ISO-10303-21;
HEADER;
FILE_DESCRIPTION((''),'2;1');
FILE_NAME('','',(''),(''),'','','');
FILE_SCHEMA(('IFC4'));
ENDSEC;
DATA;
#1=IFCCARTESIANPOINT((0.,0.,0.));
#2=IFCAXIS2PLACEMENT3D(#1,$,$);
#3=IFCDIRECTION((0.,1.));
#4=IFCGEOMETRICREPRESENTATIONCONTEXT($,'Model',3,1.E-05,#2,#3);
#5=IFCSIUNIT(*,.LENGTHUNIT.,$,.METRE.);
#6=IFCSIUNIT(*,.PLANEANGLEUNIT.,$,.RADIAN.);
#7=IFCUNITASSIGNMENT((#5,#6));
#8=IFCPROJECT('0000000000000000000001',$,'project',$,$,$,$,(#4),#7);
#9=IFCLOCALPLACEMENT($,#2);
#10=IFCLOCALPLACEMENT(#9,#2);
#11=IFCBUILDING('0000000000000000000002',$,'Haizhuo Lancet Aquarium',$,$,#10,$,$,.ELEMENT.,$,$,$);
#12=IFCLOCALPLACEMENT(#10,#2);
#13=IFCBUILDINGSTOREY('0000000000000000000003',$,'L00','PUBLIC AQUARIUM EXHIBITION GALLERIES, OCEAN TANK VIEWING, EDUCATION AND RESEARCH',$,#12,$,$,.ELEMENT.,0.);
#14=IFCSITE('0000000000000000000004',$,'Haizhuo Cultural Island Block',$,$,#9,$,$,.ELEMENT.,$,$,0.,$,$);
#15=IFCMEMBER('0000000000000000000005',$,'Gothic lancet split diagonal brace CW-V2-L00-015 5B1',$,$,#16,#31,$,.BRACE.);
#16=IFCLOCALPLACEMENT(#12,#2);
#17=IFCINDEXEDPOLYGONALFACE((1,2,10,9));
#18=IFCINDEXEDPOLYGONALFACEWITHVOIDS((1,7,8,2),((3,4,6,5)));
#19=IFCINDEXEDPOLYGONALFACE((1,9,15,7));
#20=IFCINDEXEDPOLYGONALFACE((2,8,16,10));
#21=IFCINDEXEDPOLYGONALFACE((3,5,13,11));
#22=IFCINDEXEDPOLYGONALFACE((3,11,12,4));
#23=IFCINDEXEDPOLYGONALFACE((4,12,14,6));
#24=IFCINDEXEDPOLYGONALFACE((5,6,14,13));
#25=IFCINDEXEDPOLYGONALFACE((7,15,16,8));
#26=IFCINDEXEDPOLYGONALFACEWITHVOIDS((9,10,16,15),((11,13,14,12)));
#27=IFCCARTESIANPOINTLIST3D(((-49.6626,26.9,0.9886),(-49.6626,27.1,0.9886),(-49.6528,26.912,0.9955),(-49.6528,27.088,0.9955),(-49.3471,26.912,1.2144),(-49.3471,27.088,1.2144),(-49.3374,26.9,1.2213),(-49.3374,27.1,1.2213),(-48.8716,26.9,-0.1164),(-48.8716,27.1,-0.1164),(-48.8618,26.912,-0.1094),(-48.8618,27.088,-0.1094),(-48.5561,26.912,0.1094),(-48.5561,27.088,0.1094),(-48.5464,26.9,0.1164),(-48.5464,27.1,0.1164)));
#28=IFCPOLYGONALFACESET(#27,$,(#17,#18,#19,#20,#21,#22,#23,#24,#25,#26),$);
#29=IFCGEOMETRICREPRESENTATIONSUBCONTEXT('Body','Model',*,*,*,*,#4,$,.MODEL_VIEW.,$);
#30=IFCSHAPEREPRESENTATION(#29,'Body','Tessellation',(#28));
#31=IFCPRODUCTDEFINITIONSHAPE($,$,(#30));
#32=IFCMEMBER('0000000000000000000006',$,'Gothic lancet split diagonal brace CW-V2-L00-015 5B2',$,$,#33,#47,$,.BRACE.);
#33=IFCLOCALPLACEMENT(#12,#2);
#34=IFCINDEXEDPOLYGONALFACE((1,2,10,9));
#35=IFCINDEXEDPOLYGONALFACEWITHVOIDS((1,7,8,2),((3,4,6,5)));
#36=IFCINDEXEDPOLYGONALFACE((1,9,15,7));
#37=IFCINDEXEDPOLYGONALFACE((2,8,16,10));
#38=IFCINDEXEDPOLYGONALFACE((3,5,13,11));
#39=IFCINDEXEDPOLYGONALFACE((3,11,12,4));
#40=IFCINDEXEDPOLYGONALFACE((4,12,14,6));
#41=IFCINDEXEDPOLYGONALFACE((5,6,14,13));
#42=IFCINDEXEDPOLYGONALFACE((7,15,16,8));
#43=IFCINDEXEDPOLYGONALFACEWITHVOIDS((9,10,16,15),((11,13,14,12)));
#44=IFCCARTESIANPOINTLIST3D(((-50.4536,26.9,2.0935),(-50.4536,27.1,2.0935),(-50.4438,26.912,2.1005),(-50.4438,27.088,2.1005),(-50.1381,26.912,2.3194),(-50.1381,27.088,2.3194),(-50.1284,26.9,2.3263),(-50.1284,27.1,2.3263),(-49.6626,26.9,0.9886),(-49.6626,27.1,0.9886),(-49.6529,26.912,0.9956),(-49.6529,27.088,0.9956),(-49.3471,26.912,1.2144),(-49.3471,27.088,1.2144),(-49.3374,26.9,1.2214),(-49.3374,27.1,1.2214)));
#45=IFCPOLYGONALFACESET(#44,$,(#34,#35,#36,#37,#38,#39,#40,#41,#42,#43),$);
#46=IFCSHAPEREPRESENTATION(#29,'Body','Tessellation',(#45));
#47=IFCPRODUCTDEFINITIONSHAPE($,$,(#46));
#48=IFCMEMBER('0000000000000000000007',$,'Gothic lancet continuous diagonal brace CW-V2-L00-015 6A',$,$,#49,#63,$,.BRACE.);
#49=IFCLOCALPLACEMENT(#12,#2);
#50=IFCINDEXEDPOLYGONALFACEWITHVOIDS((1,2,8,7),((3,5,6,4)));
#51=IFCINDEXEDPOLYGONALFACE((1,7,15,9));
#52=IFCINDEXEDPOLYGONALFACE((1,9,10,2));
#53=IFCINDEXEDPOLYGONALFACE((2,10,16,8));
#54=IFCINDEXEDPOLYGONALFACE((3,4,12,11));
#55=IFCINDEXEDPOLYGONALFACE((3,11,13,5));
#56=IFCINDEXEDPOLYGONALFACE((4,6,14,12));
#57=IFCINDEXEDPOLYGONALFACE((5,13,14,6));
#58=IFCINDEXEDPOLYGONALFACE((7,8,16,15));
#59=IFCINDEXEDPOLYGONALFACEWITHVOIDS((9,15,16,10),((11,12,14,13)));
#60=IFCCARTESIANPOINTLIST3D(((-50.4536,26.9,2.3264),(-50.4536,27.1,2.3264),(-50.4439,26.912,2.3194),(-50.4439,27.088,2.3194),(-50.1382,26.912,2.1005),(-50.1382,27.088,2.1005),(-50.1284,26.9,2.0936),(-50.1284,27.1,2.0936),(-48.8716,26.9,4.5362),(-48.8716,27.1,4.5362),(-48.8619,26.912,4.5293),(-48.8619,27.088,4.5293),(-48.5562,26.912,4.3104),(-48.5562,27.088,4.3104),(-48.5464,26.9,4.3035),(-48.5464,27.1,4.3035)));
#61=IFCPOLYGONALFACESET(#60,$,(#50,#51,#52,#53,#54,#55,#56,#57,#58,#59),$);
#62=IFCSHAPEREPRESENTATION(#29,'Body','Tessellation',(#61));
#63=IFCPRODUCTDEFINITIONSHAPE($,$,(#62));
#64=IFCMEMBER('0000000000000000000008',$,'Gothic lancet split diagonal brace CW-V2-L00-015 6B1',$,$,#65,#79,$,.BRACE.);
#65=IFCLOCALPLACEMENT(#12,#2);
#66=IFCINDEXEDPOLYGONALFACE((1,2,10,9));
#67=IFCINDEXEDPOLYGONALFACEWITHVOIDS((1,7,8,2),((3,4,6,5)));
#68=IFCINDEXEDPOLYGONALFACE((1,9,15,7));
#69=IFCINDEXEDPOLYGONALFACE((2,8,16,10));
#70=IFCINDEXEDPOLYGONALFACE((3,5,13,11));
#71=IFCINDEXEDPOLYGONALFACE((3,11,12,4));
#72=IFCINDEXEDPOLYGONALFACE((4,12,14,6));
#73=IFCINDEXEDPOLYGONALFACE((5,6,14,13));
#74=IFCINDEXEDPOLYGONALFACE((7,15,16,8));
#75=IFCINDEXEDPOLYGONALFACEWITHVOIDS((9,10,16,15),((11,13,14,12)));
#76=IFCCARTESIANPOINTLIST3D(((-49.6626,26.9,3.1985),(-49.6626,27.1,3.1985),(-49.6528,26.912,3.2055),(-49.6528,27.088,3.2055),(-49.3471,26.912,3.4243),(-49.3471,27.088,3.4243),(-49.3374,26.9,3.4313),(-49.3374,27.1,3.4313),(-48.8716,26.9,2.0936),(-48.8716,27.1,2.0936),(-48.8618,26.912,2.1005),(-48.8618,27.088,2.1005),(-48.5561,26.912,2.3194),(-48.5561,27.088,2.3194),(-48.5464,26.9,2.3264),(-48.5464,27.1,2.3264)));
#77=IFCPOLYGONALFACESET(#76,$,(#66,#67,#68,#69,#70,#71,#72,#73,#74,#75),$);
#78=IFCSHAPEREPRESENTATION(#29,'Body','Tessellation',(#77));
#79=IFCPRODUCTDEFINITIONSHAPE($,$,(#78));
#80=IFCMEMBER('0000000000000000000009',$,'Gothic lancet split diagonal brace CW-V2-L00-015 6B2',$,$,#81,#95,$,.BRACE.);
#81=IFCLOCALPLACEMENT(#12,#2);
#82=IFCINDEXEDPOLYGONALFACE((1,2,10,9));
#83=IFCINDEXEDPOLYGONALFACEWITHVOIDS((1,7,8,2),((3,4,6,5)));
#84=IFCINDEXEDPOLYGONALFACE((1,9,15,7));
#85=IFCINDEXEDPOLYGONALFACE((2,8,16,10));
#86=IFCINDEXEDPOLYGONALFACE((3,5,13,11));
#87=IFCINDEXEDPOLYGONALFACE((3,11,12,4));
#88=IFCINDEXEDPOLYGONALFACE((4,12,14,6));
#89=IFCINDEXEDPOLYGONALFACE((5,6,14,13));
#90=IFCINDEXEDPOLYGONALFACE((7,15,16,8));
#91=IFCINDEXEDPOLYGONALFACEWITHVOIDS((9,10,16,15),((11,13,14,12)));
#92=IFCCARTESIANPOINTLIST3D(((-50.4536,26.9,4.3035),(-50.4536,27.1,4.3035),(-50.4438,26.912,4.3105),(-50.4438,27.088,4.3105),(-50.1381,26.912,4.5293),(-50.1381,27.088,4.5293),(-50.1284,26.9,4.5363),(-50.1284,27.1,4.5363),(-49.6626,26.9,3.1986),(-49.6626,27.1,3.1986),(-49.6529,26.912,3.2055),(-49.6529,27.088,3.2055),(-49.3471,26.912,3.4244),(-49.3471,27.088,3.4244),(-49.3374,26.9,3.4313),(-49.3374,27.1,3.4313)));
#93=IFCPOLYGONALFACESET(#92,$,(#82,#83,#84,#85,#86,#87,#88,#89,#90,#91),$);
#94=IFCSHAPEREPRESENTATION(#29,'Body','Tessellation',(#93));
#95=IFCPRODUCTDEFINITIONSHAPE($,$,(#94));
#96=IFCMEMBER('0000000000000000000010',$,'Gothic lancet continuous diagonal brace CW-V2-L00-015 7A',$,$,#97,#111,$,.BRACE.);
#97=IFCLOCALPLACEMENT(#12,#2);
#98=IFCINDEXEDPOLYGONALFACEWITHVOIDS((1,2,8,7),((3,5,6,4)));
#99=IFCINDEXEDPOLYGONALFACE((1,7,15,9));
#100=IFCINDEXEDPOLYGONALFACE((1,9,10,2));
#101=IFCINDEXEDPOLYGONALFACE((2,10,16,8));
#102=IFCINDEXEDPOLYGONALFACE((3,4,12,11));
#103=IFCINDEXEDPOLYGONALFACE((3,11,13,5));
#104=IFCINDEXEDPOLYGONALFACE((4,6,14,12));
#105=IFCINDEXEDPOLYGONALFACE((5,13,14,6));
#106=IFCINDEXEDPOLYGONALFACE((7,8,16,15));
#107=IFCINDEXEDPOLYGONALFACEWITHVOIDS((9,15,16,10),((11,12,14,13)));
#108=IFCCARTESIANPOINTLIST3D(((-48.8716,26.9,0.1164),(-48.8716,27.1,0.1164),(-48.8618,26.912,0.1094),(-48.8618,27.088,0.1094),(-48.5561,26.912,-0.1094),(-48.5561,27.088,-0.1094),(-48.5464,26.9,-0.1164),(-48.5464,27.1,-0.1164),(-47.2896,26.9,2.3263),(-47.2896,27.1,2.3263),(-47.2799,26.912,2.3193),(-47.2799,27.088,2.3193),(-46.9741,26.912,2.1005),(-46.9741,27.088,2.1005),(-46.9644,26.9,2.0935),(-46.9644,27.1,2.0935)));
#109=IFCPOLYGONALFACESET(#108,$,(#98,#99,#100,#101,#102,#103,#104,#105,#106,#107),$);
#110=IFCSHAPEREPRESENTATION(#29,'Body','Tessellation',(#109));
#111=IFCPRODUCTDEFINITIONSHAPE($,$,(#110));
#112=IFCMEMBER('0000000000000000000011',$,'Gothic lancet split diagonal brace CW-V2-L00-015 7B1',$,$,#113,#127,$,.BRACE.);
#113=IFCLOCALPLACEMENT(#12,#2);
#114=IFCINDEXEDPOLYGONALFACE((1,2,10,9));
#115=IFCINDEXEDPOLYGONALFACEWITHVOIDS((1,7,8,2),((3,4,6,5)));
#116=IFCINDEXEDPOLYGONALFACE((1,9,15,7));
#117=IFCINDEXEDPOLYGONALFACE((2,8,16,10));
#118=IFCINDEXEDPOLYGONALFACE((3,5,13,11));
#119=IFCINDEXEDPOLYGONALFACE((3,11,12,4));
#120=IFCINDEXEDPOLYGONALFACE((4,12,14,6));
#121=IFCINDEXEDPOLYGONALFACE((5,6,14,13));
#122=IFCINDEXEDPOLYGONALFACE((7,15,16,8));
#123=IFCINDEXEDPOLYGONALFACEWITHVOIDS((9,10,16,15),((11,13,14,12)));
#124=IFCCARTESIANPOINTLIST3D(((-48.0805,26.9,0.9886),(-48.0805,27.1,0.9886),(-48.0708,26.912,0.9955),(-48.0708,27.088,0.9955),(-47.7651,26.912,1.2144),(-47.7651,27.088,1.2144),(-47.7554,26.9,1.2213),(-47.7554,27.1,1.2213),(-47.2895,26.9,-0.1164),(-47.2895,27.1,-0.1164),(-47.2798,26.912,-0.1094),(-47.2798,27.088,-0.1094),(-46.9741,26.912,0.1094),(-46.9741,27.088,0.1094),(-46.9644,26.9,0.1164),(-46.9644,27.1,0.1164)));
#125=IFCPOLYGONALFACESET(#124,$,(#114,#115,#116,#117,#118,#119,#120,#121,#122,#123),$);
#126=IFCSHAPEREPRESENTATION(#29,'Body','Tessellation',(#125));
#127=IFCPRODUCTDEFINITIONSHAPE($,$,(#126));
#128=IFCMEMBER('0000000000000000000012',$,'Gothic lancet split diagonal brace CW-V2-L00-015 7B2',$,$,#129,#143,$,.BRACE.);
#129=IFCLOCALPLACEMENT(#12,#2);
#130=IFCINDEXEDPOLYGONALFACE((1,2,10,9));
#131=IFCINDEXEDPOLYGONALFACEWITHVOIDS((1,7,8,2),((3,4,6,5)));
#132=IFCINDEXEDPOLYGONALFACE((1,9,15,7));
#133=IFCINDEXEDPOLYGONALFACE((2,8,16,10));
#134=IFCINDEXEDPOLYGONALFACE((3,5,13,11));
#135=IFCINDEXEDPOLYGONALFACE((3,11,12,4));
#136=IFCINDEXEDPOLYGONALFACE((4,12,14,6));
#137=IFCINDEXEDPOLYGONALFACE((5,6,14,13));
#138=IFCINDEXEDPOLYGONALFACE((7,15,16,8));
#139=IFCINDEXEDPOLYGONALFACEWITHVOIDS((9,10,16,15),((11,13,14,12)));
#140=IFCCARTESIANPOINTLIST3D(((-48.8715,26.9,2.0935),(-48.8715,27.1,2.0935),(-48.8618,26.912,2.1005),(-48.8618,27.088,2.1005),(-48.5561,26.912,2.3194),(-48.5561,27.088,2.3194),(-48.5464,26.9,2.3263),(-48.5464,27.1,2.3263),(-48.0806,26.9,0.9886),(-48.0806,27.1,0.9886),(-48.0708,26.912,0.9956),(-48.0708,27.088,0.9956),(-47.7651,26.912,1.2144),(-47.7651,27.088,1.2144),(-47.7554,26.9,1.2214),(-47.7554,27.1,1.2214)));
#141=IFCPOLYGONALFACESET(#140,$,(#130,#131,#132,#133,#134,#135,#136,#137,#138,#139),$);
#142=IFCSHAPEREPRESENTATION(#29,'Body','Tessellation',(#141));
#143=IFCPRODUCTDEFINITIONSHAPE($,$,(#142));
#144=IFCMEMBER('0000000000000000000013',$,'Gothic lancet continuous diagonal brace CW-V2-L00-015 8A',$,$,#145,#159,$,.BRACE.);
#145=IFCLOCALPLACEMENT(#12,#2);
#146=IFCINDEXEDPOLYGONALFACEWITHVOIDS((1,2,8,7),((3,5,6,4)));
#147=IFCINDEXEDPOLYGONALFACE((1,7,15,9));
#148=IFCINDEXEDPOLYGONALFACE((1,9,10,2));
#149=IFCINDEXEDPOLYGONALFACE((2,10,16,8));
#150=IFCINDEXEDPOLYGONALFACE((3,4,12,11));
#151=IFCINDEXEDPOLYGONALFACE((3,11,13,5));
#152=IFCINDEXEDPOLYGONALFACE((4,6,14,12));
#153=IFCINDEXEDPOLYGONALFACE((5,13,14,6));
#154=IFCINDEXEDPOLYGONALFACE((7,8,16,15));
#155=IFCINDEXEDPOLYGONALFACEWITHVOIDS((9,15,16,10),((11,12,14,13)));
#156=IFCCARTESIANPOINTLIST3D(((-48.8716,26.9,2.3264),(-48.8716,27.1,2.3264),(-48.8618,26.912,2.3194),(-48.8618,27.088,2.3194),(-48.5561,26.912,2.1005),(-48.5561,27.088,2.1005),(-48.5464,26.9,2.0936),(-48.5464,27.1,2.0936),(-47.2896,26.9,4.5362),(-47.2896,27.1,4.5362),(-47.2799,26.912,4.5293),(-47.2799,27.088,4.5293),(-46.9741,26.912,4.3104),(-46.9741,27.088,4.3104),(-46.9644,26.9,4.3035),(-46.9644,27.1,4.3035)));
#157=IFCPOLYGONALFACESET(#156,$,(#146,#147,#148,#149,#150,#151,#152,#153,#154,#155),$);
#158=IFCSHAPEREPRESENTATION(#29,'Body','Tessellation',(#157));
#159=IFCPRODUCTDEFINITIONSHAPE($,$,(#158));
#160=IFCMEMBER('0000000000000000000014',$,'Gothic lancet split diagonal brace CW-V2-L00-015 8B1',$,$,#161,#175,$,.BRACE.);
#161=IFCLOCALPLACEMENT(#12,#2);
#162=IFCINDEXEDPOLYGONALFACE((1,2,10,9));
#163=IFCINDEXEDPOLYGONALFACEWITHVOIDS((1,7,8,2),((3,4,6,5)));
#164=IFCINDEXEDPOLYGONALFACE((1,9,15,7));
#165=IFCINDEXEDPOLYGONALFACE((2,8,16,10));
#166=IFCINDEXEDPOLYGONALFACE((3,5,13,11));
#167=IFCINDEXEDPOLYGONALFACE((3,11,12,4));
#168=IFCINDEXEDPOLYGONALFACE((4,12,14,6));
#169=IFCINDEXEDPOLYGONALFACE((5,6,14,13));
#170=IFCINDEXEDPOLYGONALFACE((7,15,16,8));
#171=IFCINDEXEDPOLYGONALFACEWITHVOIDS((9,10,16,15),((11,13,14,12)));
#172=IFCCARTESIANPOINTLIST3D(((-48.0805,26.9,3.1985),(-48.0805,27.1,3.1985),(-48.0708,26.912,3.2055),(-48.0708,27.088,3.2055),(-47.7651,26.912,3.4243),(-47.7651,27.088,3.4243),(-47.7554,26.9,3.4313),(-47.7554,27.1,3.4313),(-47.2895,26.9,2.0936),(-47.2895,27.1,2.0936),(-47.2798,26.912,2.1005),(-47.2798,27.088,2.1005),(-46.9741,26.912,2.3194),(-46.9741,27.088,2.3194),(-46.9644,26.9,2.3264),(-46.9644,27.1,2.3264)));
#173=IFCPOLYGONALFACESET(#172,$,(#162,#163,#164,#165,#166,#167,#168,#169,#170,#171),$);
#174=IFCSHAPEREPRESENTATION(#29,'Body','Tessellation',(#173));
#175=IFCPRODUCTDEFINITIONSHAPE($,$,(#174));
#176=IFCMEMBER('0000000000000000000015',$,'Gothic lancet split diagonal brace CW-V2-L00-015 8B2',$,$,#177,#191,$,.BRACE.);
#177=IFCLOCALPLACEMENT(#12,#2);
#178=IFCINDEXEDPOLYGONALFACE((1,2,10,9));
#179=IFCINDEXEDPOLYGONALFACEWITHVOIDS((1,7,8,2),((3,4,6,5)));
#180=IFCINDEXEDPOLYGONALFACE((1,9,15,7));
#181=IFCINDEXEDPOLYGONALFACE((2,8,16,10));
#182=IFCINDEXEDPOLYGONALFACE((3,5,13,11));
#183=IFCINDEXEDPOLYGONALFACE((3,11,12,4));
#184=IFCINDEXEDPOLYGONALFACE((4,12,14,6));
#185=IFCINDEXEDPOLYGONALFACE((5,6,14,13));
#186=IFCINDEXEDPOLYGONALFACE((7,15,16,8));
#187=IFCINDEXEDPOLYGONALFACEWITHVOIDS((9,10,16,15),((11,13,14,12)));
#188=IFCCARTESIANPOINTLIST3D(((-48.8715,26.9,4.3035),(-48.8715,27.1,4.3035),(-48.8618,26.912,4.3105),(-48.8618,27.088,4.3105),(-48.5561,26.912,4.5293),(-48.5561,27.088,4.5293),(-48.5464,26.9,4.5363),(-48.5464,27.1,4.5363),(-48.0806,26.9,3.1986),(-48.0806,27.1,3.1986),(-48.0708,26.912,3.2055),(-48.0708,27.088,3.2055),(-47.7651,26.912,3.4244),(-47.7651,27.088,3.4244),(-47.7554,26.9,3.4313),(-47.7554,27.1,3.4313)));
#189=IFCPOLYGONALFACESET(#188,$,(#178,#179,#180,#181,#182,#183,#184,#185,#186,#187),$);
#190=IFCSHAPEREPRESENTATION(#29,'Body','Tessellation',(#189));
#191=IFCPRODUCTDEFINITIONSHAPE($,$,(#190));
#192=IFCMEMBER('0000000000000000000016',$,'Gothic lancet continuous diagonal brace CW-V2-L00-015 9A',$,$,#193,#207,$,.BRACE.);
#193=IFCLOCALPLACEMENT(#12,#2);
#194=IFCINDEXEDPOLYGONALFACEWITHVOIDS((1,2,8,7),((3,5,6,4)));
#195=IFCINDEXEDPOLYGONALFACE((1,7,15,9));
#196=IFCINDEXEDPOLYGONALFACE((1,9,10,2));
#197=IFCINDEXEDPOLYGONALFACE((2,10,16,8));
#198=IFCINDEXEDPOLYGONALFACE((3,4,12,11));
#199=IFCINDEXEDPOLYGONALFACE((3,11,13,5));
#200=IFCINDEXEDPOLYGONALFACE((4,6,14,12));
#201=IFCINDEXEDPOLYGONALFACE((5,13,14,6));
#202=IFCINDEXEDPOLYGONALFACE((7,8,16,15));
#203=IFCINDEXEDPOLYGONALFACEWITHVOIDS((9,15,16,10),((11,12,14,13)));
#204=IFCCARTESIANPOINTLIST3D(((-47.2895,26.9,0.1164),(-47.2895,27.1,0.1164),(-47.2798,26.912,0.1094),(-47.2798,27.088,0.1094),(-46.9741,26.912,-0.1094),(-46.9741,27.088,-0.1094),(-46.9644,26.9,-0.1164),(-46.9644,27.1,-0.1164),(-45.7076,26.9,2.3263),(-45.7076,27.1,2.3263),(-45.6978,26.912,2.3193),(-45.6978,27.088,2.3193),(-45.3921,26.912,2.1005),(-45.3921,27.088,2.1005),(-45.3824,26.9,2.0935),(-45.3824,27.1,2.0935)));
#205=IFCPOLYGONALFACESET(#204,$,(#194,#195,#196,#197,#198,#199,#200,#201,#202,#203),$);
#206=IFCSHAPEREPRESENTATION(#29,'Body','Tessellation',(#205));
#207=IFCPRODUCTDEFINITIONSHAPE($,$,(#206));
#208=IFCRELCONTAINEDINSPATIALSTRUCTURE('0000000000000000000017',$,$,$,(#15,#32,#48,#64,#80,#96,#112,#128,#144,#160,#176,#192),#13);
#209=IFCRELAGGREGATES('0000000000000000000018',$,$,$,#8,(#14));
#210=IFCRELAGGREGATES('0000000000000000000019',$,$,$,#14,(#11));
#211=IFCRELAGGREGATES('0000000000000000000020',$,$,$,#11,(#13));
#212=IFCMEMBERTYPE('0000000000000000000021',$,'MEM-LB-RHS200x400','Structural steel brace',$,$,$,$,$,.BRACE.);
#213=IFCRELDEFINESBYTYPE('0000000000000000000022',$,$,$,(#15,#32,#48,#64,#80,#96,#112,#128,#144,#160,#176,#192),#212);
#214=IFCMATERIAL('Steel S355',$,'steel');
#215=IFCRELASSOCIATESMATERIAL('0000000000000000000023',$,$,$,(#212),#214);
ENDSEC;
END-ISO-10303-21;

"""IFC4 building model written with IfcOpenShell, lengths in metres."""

from ifc_helpers import new_model, si_unit, direction, frame, origin, origin_2d, place, context, subcontext, project, spatial, hollow_rectangle, extrude, material, material_profile, profile_set, type_object, element, save


model = new_model("IFC4")

# Units and contexts
model_context = context("Model", 3, precision=1e-05, world=origin(), true_north=direction((0.0, 1.0)))
body_context = subcontext(model_context, "Body", "Model", "MODEL_VIEW")
ifc_project = project(units=[si_unit("LENGTHUNIT", "METRE"), si_unit("PLANEANGLEUNIT", "RADIAN")], contexts=[model_context])

# Site, building, storey
site_placement = place(None, origin())
site = spatial("IfcSite", under=ifc_project, at=site_placement, Name="Haizhuo Cultural Island Block", CompositionType="ELEMENT", RefElevation=0.0)
building_placement = place(site_placement, origin())
building = spatial("IfcBuilding", under=site, at=building_placement, Name="Haizhuo Lancet Aquarium", CompositionType="ELEMENT")
storey_placement = place(building_placement, origin())
storey = spatial("IfcBuildingStorey", under=building, at=storey_placement, Name="L00", Description="PUBLIC AQUARIUM EXHIBITION GALLERIES, OCEAN TANK VIEWING, EDUCATION AND RESEARCH", CompositionType="ELEMENT", Elevation=0.0)

# Members
ifc_material_1 = material(Name="Steel S355", Category="steel")
ifc_material_profile_1 = material_profile(ifc_material_1, hollow_rectangle(XDim=0.2, YDim=0.3999, WallThickness=0.012, at=origin_2d()), Name="RHS 200x400x12")
ifc_profile_set_1 = profile_set([ifc_material_profile_1], Name="Steel S355")
member_type_1 = type_object("IfcMemberType", Name="MEM-LB-RHS200x400", Description="Structural steel brace", PredefinedType="BRACE", material=ifc_profile_set_1)
for number, where, z_axis, x_axis, name in (
    (1, (-48.709, 27.0, 0.0), (-0.582088, 0.0, 0.813126), (0.0, -1.0, 0.0), "Gothic lancet split diagonal brace CW-V2-L00-015 5B1"),
    (2, (-49.5, 27.0, 1.105), (-0.582088, 0.0, 0.813126), (0.0, -1.0, 0.0), "Gothic lancet split diagonal brace CW-V2-L00-015 5B2"),
):
    element("IfcMember", number, at=place(storey_placement, frame(where, z_axis=z_axis, x_axis=x_axis)), inside=storey, type_object=member_type_1, Name=name, PredefinedType="BRACE", context=body_context, shape_type="SweptSolid", body=[
        extrude(hollow_rectangle(XDim=0.2, YDim=0.3999, WallThickness=0.012, at=origin_2d()), origin(), (0.0, 0.0, 1.0), 1.3589),
    ])
member_1_placement = place(storey_placement, frame((-50.291, 27.0, 2.21), z_axis=(0.582088, 0.0, 0.813126), x_axis=(0.0, 1.0, 0.0)))
element("IfcMember", 3, at=member_1_placement, inside=storey, type_object=member_type_1, Name="Gothic lancet continuous diagonal brace CW-V2-L00-015 6A", PredefinedType="BRACE", context=body_context, shape_type="SweptSolid", body=[
    extrude(hollow_rectangle(XDim=0.2, YDim=0.3999, WallThickness=0.012, at=origin_2d()), origin(), (0.0, 0.0, 1.0), 2.7178),
])
for number, where, z_axis, x_axis, name in (
    (4, (-48.709, 27.0, 2.21), (-0.582088, 0.0, 0.813126), (0.0, -1.0, 0.0), "Gothic lancet split diagonal brace CW-V2-L00-015 6B1"),
    (5, (-49.5, 27.0, 3.3149), (-0.582088, 0.0, 0.813126), (0.0, -1.0, 0.0), "Gothic lancet split diagonal brace CW-V2-L00-015 6B2"),
):
    element("IfcMember", number, at=place(storey_placement, frame(where, z_axis=z_axis, x_axis=x_axis)), inside=storey, type_object=member_type_1, Name=name, PredefinedType="BRACE", context=body_context, shape_type="SweptSolid", body=[
        extrude(hollow_rectangle(XDim=0.2, YDim=0.3999, WallThickness=0.012, at=origin_2d()), origin(), (0.0, 0.0, 1.0), 1.3589),
    ])
member_2_placement = place(storey_placement, frame((-48.709, 27.0, 0.0), z_axis=(0.582088, 0.0, 0.813126), x_axis=(0.0, 1.0, 0.0)))
element("IfcMember", 6, at=member_2_placement, inside=storey, type_object=member_type_1, Name="Gothic lancet continuous diagonal brace CW-V2-L00-015 7A", PredefinedType="BRACE", context=body_context, shape_type="SweptSolid", body=[
    extrude(hollow_rectangle(XDim=0.2, YDim=0.3999, WallThickness=0.012, at=origin_2d()), origin(), (0.0, 0.0, 1.0), 2.7178),
])
for number, where, z_axis, x_axis, name in (
    (7, (-47.127, 27.0, 0.0), (-0.582088, 0.0, 0.813126), (0.0, -1.0, 0.0), "Gothic lancet split diagonal brace CW-V2-L00-015 7B1"),
    (8, (-47.918, 27.0, 1.105), (-0.582088, 0.0, 0.813126), (0.0, -1.0, 0.0), "Gothic lancet split diagonal brace CW-V2-L00-015 7B2"),
):
    element("IfcMember", number, at=place(storey_placement, frame(where, z_axis=z_axis, x_axis=x_axis)), inside=storey, type_object=member_type_1, Name=name, PredefinedType="BRACE", context=body_context, shape_type="SweptSolid", body=[
        extrude(hollow_rectangle(XDim=0.2, YDim=0.3999, WallThickness=0.012, at=origin_2d()), origin(), (0.0, 0.0, 1.0), 1.3589),
    ])
member_3_placement = place(storey_placement, frame((-48.709, 27.0, 2.21), z_axis=(0.582088, 0.0, 0.813126), x_axis=(0.0, 1.0, 0.0)))
element("IfcMember", 9, at=member_3_placement, inside=storey, type_object=member_type_1, Name="Gothic lancet continuous diagonal brace CW-V2-L00-015 8A", PredefinedType="BRACE", context=body_context, shape_type="SweptSolid", body=[
    extrude(hollow_rectangle(XDim=0.2, YDim=0.3999, WallThickness=0.012, at=origin_2d()), origin(), (0.0, 0.0, 1.0), 2.7178),
])
for number, where, z_axis, x_axis, name in (
    (10, (-47.127, 27.0, 2.21), (-0.582088, 0.0, 0.813126), (0.0, -1.0, 0.0), "Gothic lancet split diagonal brace CW-V2-L00-015 8B1"),
    (11, (-47.918, 27.0, 3.3149), (-0.582088, 0.0, 0.813126), (0.0, -1.0, 0.0), "Gothic lancet split diagonal brace CW-V2-L00-015 8B2"),
):
    element("IfcMember", number, at=place(storey_placement, frame(where, z_axis=z_axis, x_axis=x_axis)), inside=storey, type_object=member_type_1, Name=name, PredefinedType="BRACE", context=body_context, shape_type="SweptSolid", body=[
        extrude(hollow_rectangle(XDim=0.2, YDim=0.3999, WallThickness=0.012, at=origin_2d()), origin(), (0.0, 0.0, 1.0), 1.3589),
    ])
member_4_placement = place(storey_placement, frame((-47.127, 27.0, 0.0), z_axis=(0.582088, 0.0, 0.813126), x_axis=(0.0, 1.0, 0.0)))
element("IfcMember", 12, at=member_4_placement, inside=storey, type_object=member_type_1, Name="Gothic lancet continuous diagonal brace CW-V2-L00-015 9A", PredefinedType="BRACE", context=body_context, shape_type="SweptSolid", body=[
    extrude(hollow_rectangle(XDim=0.2, YDim=0.3999, WallThickness=0.012, at=origin_2d()), origin(), (0.0, 0.0, 1.0), 2.7178),
])

save(model, "model.ifc")
